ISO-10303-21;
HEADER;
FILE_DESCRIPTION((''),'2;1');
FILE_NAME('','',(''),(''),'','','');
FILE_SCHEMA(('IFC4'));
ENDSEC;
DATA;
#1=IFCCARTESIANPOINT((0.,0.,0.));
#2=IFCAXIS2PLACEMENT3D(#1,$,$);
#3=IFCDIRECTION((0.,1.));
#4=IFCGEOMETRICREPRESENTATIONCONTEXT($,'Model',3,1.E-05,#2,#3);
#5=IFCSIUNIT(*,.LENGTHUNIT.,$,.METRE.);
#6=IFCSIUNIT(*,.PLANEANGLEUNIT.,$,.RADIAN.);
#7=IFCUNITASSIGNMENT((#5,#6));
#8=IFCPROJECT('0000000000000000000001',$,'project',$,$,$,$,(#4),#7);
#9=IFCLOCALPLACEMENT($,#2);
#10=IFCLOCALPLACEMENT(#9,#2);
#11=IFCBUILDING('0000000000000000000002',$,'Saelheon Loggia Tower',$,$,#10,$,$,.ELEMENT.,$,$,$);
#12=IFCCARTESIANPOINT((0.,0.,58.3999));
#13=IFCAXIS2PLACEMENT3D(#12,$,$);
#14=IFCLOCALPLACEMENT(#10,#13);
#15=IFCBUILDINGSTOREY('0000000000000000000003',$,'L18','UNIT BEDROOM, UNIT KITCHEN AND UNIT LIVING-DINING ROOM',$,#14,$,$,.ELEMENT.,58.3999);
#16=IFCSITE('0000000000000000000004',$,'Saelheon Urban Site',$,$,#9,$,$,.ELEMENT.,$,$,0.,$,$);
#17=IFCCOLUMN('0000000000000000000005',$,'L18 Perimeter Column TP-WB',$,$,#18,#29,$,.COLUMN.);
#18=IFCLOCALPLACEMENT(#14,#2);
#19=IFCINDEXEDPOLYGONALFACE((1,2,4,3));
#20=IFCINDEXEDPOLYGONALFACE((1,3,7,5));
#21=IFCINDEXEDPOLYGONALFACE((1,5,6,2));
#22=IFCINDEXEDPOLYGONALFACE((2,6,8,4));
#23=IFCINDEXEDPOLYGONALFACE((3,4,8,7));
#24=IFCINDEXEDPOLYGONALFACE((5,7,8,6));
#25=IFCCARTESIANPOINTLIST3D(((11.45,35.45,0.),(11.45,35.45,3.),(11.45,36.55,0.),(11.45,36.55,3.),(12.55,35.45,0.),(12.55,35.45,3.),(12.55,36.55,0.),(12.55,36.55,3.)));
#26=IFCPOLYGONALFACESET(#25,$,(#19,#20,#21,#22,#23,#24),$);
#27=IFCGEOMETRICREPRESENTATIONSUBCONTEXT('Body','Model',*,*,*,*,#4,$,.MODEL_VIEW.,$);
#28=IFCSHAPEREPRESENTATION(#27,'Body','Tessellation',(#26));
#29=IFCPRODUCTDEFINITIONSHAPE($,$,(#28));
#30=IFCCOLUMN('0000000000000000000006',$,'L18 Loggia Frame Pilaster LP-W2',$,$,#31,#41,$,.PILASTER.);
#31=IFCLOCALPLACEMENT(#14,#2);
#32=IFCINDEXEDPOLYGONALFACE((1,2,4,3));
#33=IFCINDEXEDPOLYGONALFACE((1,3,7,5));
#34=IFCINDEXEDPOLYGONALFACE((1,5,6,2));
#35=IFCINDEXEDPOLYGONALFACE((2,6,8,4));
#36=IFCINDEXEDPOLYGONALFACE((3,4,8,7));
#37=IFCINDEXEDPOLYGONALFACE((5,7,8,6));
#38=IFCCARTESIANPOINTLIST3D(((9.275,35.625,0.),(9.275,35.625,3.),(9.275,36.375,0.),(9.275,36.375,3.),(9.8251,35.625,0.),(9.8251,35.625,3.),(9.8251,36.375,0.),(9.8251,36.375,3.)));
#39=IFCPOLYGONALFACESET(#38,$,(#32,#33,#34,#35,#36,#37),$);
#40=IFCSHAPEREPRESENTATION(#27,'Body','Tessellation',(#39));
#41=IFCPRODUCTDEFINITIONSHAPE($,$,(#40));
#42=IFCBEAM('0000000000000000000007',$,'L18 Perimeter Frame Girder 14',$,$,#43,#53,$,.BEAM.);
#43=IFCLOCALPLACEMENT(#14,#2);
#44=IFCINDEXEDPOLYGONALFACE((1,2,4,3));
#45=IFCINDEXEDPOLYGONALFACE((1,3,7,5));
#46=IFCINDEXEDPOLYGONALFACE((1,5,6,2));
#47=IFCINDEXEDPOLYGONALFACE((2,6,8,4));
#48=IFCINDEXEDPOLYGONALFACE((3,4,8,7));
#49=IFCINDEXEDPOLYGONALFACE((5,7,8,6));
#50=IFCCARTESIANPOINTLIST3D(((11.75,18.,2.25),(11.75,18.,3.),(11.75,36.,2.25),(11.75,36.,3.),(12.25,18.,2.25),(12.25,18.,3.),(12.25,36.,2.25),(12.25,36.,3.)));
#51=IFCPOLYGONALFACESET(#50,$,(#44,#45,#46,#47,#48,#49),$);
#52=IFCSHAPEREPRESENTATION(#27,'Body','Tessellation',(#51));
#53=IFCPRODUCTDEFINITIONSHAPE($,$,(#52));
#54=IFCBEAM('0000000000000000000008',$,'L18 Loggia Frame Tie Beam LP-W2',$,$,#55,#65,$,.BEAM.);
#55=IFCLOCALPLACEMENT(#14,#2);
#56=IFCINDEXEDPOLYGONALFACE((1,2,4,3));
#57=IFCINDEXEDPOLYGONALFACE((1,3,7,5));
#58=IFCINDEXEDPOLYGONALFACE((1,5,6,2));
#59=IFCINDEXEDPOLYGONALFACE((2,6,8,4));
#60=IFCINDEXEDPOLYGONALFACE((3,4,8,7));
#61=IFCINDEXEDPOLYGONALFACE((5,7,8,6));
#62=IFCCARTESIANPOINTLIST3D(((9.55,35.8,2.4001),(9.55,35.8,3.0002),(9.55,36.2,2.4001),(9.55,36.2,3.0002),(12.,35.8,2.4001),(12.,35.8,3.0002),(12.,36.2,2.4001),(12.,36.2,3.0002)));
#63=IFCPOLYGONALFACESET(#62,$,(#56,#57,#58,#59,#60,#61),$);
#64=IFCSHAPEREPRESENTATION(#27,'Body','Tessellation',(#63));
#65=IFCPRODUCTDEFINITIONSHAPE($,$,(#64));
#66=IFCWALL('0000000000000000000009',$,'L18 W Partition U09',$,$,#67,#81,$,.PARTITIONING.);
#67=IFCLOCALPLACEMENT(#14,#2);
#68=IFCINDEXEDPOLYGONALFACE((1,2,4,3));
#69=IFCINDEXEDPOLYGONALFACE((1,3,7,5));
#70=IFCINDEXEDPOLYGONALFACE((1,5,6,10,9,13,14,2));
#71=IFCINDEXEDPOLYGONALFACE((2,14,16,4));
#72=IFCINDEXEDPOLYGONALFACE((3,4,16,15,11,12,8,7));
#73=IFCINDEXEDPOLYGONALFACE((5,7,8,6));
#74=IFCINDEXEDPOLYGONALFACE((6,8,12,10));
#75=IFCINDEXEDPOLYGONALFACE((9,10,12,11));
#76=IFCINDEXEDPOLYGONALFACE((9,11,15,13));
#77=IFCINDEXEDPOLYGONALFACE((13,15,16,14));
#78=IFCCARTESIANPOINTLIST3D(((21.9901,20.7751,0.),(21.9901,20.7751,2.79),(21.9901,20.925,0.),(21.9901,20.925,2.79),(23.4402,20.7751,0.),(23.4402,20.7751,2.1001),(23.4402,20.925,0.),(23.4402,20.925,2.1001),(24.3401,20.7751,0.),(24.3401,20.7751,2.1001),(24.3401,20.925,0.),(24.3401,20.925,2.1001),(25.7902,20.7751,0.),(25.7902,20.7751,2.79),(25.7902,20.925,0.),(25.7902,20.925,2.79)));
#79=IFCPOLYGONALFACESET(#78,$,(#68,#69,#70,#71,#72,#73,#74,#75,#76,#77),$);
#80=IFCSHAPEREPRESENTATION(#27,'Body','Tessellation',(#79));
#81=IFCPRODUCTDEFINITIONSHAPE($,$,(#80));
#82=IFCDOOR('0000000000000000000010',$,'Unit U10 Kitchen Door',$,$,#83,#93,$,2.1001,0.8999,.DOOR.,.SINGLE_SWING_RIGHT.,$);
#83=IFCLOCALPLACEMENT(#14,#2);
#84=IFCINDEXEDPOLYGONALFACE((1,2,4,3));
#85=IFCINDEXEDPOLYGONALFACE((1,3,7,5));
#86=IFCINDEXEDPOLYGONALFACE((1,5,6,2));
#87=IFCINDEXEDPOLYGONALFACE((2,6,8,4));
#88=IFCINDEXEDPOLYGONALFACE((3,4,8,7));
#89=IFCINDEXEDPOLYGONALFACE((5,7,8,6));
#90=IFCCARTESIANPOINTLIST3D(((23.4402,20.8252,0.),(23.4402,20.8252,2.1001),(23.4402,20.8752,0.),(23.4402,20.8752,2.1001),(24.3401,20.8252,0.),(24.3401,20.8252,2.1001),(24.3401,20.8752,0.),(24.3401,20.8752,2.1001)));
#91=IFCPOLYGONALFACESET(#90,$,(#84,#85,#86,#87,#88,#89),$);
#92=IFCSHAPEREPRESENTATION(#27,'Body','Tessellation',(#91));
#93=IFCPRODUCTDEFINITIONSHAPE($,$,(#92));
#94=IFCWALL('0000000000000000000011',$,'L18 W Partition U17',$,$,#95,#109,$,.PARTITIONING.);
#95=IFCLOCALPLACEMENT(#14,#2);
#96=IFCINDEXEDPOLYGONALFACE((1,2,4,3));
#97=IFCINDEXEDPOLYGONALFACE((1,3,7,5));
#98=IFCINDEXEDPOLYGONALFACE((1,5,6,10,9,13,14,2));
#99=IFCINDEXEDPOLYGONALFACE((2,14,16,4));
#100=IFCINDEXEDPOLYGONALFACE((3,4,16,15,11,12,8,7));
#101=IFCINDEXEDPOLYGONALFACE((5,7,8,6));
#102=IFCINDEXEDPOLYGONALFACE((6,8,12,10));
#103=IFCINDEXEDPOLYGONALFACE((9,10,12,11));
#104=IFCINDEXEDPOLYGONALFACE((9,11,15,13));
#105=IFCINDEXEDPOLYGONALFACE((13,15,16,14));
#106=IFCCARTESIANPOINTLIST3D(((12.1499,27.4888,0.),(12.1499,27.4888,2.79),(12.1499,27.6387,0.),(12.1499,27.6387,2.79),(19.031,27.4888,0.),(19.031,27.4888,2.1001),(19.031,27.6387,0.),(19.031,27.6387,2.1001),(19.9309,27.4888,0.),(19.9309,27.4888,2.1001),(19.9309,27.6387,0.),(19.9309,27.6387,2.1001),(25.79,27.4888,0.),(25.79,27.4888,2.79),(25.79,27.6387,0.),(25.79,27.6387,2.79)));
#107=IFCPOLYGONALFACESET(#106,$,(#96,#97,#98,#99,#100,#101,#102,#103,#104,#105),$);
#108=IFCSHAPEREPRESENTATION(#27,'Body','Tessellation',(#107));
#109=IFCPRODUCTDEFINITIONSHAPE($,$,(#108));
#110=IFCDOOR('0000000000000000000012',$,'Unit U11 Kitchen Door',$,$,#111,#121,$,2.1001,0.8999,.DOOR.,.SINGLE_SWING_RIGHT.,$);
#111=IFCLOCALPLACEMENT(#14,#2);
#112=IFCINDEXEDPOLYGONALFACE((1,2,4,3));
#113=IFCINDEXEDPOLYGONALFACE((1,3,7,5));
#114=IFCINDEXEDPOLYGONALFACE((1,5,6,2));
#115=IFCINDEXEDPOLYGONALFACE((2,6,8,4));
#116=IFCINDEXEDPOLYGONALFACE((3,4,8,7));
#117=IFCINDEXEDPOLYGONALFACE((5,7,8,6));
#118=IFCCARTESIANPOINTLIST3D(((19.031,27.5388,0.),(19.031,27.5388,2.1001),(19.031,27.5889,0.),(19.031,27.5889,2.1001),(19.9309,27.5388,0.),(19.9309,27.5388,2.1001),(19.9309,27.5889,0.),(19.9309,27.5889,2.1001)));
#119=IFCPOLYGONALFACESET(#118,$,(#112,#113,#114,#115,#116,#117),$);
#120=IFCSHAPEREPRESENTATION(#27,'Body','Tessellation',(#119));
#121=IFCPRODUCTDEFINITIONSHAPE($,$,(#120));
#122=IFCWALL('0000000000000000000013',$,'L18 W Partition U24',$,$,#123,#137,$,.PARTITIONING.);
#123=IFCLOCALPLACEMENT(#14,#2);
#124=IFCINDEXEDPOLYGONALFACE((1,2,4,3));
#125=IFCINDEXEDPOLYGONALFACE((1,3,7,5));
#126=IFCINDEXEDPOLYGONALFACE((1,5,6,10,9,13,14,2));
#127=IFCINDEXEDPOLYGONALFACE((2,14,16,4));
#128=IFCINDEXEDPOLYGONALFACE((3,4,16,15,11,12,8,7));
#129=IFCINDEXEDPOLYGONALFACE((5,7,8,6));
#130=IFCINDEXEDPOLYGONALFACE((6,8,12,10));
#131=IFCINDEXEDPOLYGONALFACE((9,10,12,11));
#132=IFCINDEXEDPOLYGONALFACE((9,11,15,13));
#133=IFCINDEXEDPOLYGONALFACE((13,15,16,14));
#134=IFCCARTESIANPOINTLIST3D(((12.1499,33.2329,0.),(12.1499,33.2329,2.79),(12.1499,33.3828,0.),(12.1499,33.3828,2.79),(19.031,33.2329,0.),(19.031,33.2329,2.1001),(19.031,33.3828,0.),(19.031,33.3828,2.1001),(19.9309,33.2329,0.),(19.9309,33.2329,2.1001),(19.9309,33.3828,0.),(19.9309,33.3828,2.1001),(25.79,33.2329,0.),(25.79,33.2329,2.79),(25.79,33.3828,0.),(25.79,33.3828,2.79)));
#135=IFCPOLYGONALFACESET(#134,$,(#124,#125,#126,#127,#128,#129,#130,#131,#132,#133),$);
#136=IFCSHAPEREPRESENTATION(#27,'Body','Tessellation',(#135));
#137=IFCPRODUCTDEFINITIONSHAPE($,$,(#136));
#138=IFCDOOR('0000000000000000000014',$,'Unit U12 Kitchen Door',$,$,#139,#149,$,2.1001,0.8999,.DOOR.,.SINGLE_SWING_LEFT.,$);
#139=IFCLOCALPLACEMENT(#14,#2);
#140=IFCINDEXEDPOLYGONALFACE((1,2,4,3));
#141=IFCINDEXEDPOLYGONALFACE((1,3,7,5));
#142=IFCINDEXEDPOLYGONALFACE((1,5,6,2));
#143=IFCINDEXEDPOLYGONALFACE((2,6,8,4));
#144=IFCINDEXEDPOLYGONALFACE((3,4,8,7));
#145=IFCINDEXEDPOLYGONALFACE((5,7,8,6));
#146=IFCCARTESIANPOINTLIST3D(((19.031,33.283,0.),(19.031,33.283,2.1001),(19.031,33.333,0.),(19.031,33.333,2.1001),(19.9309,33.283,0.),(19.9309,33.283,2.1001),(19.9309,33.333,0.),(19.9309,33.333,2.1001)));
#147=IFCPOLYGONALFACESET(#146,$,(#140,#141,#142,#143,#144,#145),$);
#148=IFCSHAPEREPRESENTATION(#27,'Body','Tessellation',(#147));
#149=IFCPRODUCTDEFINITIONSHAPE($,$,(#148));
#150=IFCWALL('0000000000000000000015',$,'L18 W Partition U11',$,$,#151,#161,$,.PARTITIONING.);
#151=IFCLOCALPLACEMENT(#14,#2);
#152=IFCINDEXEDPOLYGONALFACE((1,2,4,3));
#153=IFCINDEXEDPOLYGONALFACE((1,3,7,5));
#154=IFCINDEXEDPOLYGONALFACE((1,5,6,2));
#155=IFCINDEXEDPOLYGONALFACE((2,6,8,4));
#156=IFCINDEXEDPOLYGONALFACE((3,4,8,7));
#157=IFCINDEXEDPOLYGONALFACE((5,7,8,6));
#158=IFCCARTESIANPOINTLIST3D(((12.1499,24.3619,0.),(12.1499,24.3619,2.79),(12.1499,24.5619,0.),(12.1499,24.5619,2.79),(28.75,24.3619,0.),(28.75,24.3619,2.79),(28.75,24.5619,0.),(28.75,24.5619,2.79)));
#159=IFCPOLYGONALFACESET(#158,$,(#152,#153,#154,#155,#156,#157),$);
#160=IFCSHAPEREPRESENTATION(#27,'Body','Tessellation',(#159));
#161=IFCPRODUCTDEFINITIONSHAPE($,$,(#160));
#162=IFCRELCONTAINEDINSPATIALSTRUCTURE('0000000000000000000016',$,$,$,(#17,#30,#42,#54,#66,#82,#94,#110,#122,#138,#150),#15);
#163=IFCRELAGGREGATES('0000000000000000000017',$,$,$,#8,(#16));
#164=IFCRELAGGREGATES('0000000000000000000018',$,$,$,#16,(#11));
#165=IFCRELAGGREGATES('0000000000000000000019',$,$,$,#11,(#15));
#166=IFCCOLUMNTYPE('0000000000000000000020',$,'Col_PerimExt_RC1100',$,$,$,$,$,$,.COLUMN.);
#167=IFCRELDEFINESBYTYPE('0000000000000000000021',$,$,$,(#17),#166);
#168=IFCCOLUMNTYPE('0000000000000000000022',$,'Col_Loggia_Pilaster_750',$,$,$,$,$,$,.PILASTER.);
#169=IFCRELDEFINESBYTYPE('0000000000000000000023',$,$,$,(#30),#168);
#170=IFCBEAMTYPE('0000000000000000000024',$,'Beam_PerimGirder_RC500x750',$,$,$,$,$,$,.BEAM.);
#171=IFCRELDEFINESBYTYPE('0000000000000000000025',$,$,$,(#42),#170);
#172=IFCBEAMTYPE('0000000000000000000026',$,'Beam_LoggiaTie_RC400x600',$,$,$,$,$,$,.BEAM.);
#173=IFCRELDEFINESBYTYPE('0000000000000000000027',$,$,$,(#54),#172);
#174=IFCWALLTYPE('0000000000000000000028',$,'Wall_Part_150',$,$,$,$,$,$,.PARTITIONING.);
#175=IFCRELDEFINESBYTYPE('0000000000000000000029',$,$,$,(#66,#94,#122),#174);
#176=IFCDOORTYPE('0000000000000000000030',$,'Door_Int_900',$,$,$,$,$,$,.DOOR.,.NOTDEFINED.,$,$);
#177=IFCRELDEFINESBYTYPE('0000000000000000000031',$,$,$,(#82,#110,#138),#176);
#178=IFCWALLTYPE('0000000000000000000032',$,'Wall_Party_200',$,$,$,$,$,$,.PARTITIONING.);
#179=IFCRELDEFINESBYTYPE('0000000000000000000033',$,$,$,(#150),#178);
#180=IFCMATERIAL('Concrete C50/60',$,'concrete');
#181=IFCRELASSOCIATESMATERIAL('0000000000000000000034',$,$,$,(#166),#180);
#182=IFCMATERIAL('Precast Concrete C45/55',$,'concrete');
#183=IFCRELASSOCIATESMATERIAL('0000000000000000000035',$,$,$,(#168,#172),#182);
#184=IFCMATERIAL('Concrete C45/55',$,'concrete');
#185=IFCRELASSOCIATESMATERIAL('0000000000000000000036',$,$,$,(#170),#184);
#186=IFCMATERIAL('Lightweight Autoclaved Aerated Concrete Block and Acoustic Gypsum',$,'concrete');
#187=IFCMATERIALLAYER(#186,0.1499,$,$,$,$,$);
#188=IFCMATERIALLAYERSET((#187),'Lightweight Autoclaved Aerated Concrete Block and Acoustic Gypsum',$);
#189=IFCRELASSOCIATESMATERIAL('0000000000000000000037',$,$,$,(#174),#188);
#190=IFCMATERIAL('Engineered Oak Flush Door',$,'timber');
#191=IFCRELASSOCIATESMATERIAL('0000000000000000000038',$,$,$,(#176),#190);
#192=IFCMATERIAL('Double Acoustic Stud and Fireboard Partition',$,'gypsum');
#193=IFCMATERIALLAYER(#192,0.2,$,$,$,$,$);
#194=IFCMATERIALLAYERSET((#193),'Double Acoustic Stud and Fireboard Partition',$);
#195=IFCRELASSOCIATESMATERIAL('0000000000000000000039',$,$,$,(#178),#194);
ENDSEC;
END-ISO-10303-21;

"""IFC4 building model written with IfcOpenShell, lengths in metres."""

from ifc_helpers import new_model, si_unit, direction, frame, frame_2d, origin, origin_2d, place, context, subcontext, project, spatial, rectangle, extrude, source, transform, mapped, material, layer, layer_set, material_profile, profile_set, type_object, element, fill, save


model = new_model("IFC4")

# Units and contexts
model_context = context("Model", 3, precision=1e-05, world=origin(), true_north=direction((0.0, 1.0)))
body_context = subcontext(model_context, "Body", "Model", "MODEL_VIEW")
ifc_project = project(units=[si_unit("LENGTHUNIT", "METRE"), si_unit("PLANEANGLEUNIT", "RADIAN")], contexts=[model_context])

# Site, building, storey
site_placement = place(None, origin())
site = spatial("IfcSite", under=ifc_project, at=site_placement, Name="Saelheon Urban Site", CompositionType="ELEMENT", RefElevation=0.0)
building_placement = place(site_placement, origin())
building = spatial("IfcBuilding", under=site, at=building_placement, Name="Saelheon Loggia Tower", CompositionType="ELEMENT")
storey_placement = place(building_placement, frame((0.0, 0.0, 58.3999)))
storey = spatial("IfcBuildingStorey", under=building, at=storey_placement, Name="L18", Description="UNIT BEDROOM, UNIT KITCHEN AND UNIT LIVING-DINING ROOM", CompositionType="ELEMENT", Elevation=58.3999)

# Columns
ifc_material_1 = material(Name="Concrete C50/60", Category="concrete")
ifc_material_profile_1 = material_profile(ifc_material_1, rectangle(XDim=1.1001, YDim=1.1001, at=origin_2d()), Name="RC-1100x1100")
ifc_profile_set_1 = profile_set([ifc_material_profile_1], Name="Concrete C50/60")
column_type_1 = type_object("IfcColumnType", Name="Col_PerimExt_RC1100", PredefinedType="COLUMN", material=ifc_profile_set_1)
shared_shape_1 = source(origin(), body_context, "Body", "SweptSolid", [
    extrude(rectangle(XDim=1.1001, YDim=1.1001, at=origin_2d()), origin(), (0.0, 0.0, 1.0), 3.0),
])
column_1_placement = place(storey_placement, frame((12.0, 36.0, 0.0), z_axis=(0.0, 0.0, 1.0), x_axis=(1.0, 0.0, 0.0)))
element("IfcColumn", 1, at=column_1_placement, inside=storey, type_object=column_type_1, Name="L18 Perimeter Column TP-WB", PredefinedType="COLUMN", context=body_context, shape_type="MappedRepresentation", body=[
    mapped(shared_shape_1, transform((0.0, 0.0, 0.0), scale=1.0)),
])
ifc_material_2 = material(Name="Precast Concrete C45/55", Category="concrete")
ifc_material_profile_2 = material_profile(ifc_material_2, rectangle(XDim=0.55, YDim=0.75, at=origin_2d()), Name="RC-550x750")
ifc_profile_set_2 = profile_set([ifc_material_profile_2], Name="Precast Concrete C45/55")
column_type_2 = type_object("IfcColumnType", Name="Col_Loggia_Pilaster_750", PredefinedType="PILASTER", material=ifc_profile_set_2)
shared_shape_2 = source(origin(), body_context, "Body", "SweptSolid", [
    extrude(rectangle(XDim=0.55, YDim=0.75, at=origin_2d()), origin(), (0.0, 0.0, 1.0), 3.0),
])
column_2_placement = place(storey_placement, frame((9.55, 36.0, 0.0), z_axis=(0.0, 0.0, 1.0), x_axis=(1.0, 0.0, 0.0)))
element("IfcColumn", 2, at=column_2_placement, inside=storey, type_object=column_type_2, Name="L18 Loggia Frame Pilaster LP-W2", PredefinedType="PILASTER", context=body_context, shape_type="MappedRepresentation", body=[
    mapped(shared_shape_2, transform((0.0, 0.0, 0.0), scale=1.0)),
])

# Beams
ifc_material_3 = material(Name="Concrete C45/55", Category="concrete")
ifc_material_profile_3 = material_profile(ifc_material_3, rectangle(XDim=0.5, YDim=0.75, at=origin_2d()), Name="RC-500x750")
ifc_profile_set_3 = profile_set([ifc_material_profile_3], Name="Concrete C45/55")
beam_type_1 = type_object("IfcBeamType", Name="Beam_PerimGirder_RC500x750", PredefinedType="BEAM", material=ifc_profile_set_3)
shared_shape_3 = source(origin(), body_context, "Body", "SweptSolid", [
    extrude(rectangle(XDim=0.5, YDim=0.75, at=origin_2d()), origin(), (0.0, 0.0, 1.0), 18.0),
])
beam_1_placement = place(storey_placement, frame((12.0, 36.0, 2.625), z_axis=(0.0, -1.0, 0.0), x_axis=(1.0, 0.0, 0.0)))
element("IfcBeam", 3, at=beam_1_placement, inside=storey, type_object=beam_type_1, Name="L18 Perimeter Frame Girder 14", PredefinedType="BEAM", context=body_context, shape_type="MappedRepresentation", body=[
    mapped(shared_shape_3, transform((0.0, 0.0, 0.0), scale=1.0)),
])
ifc_material_profile_4 = material_profile(ifc_material_2, rectangle(XDim=0.3999, YDim=0.6001, at=origin_2d()), Name="RC-400x600")
ifc_profile_set_4 = profile_set([ifc_material_profile_4], Name="Precast Concrete C45/55")
beam_type_2 = type_object("IfcBeamType", Name="Beam_LoggiaTie_RC400x600", PredefinedType="BEAM", material=ifc_profile_set_4)
shared_shape_4 = source(origin(), body_context, "Body", "SweptSolid", [
    extrude(rectangle(XDim=0.3999, YDim=0.6001, at=origin_2d()), origin(), (0.0, 0.0, 1.0), 2.45),
])
beam_2_placement = place(storey_placement, frame((12.0, 36.0, 2.7002), z_axis=(-1.0, 0.0, 0.0), x_axis=(0.0, -1.0, 0.0)))
element("IfcBeam", 4, at=beam_2_placement, inside=storey, type_object=beam_type_2, Name="L18 Loggia Frame Tie Beam LP-W2", PredefinedType="BEAM", context=body_context, shape_type="MappedRepresentation", body=[
    mapped(shared_shape_4, transform((0.0, 0.0, 0.0), scale=1.0)),
])

# Walls, openings, doors
ifc_material_4 = material(Name="Lightweight Autoclaved Aerated Concrete Block and Acoustic Gypsum", Category="concrete")
ifc_layer_1 = layer(ifc_material_4, 0.1499)
ifc_layer_set_1 = layer_set([ifc_layer_1], Name="Lightweight Autoclaved Aerated Concrete Block and Acoustic Gypsum")
wall_type_1 = type_object("IfcWallType", Name="Wall_Part_150", PredefinedType="PARTITIONING", material=ifc_layer_set_1)
wall_1_placement = place(storey_placement, frame((25.79, 20.8501, 0.0), z_axis=(0.0, 0.0, 1.0), x_axis=(-1.0, 0.0, 0.0)))
wall_1 = element("IfcWall", 5, at=wall_1_placement, inside=storey, type_object=wall_type_1, Name="L18 W Partition U09", PredefinedType="PARTITIONING", context=body_context, shape_type="SweptSolid", body=[
    extrude(rectangle(XDim=3.8, YDim=0.1499, at=frame_2d((1.8999, 0.0))), origin(), (0.0, 0.0, 1.0), 2.79),
])
opening_1_placement = place(wall_1_placement, frame((1.45, 0.0, 0.0)))
opening_1 = element("IfcOpeningElement", 6, at=opening_1_placement, cuts=wall_1, PredefinedType="OPENING", context=body_context, shape_type="SweptSolid", body=[
    extrude(rectangle(XDim=0.8999, YDim=2.1001, at=frame_2d((0.45, 1.05))), frame((0.0, 0.0869, 0.0), z_axis=(0.0, -1.0, 0.0), x_axis=(1.0, 0.0, 0.0)), (0.0, 0.0, 1.0), 0.1738),
])
ifc_material_5 = material(Name="Engineered Oak Flush Door", Category="timber")
door_type_1 = type_object("IfcDoorType", Name="Door_Int_900", OperationType="NOTDEFINED", PredefinedType="DOOR", material=ifc_material_5)
shared_shape_5 = source(origin(), body_context, "Body", "SweptSolid", [
    extrude(rectangle(XDim=0.8999, YDim=2.1001, at=frame_2d((0.45, 1.05))), frame((0.0, 0.0249, 0.0), z_axis=(0.0, -1.0, 0.0), x_axis=(1.0, 0.0, 0.0)), (0.0, 0.0, 1.0), 0.05),
])
door_1_placement = place(opening_1_placement, origin())
door_1 = element("IfcDoor", 7, at=door_1_placement, inside=storey, type_object=door_type_1, Name="Unit U10 Kitchen Door", OperationType="SINGLE_SWING_RIGHT", OverallHeight=2.1001, OverallWidth=0.8999, PredefinedType="DOOR", context=body_context, shape_type="MappedRepresentation", body=[
    mapped(shared_shape_5, transform((0.0, 0.0, 0.0), scale=1.0)),
])
fill(opening_1, door_1)
wall_2_placement = place(storey_placement, frame((25.79, 27.5637, 0.0), z_axis=(0.0, 0.0, 1.0), x_axis=(-1.0, 0.0, 0.0)))
wall_2 = element("IfcWall", 8, at=wall_2_placement, inside=storey, type_object=wall_type_1, Name="L18 W Partition U17", PredefinedType="PARTITIONING", context=body_context, shape_type="SweptSolid", body=[
    extrude(rectangle(XDim=13.6401, YDim=0.1499, at=frame_2d((6.8201, 0.0))), origin(), (0.0, 0.0, 1.0), 2.79),
])
opening_2_placement = place(wall_2_placement, frame((5.8591, 0.0, 0.0)))
opening_2 = element("IfcOpeningElement", 9, at=opening_2_placement, cuts=wall_2, PredefinedType="OPENING", context=body_context, shape_type="SweptSolid", body=[
    extrude(rectangle(XDim=0.8999, YDim=2.1001, at=frame_2d((0.45, 1.05))), frame((0.0, 0.0869, 0.0), z_axis=(0.0, -1.0, 0.0), x_axis=(1.0, 0.0, 0.0)), (0.0, 0.0, 1.0), 0.1738),
])
door_2_placement = place(opening_2_placement, origin())
door_2 = element("IfcDoor", 10, at=door_2_placement, inside=storey, type_object=door_type_1, Name="Unit U11 Kitchen Door", OperationType="SINGLE_SWING_RIGHT", OverallHeight=2.1001, OverallWidth=0.8999, PredefinedType="DOOR", context=body_context, shape_type="MappedRepresentation", body=[
    mapped(shared_shape_5, transform((0.0, 0.0, 0.0), scale=1.0)),
])
fill(opening_2, door_2)
wall_3_placement = place(storey_placement, frame((25.79, 33.3079, 0.0), z_axis=(0.0, 0.0, 1.0), x_axis=(-1.0, 0.0, 0.0)))
wall_3 = element("IfcWall", 11, at=wall_3_placement, inside=storey, type_object=wall_type_1, Name="L18 W Partition U24", PredefinedType="PARTITIONING", context=body_context, shape_type="SweptSolid", body=[
    extrude(rectangle(XDim=13.6401, YDim=0.1499, at=frame_2d((6.8201, 0.0))), origin(), (0.0, 0.0, 1.0), 2.79),
])
opening_3_placement = place(wall_3_placement, frame((5.8591, 0.0, 0.0)))
opening_3 = element("IfcOpeningElement", 12, at=opening_3_placement, cuts=wall_3, PredefinedType="OPENING", context=body_context, shape_type="SweptSolid", body=[
    extrude(rectangle(XDim=0.8999, YDim=2.1001, at=frame_2d((0.45, 1.05))), frame((0.0, 0.0869, 0.0), z_axis=(0.0, -1.0, 0.0), x_axis=(1.0, 0.0, 0.0)), (0.0, 0.0, 1.0), 0.1738),
])
door_3_placement = place(opening_3_placement, origin())
door_3 = element("IfcDoor", 13, at=door_3_placement, inside=storey, type_object=door_type_1, Name="Unit U12 Kitchen Door", OperationType="SINGLE_SWING_LEFT", OverallHeight=2.1001, OverallWidth=0.8999, PredefinedType="DOOR", context=body_context, shape_type="MappedRepresentation", body=[
    mapped(shared_shape_5, transform((0.0, 0.0, 0.0), scale=1.0)),
])
fill(opening_3, door_3)
ifc_material_6 = material(Name="Double Acoustic Stud and Fireboard Partition", Category="gypsum")
ifc_layer_2 = layer(ifc_material_6, 0.2)
ifc_layer_set_2 = layer_set([ifc_layer_2], Name="Double Acoustic Stud and Fireboard Partition")
wall_type_2 = type_object("IfcWallType", Name="Wall_Party_200", PredefinedType="PARTITIONING", material=ifc_layer_set_2)

# Wall
wall_4_placement = place(storey_placement, frame((28.75, 24.4619, 0.0), z_axis=(0.0, 0.0, 1.0), x_axis=(-1.0, 0.0, 0.0)))
element("IfcWall", 14, at=wall_4_placement, inside=storey, type_object=wall_type_2, Name="L18 W Partition U11", PredefinedType="PARTITIONING", context=body_context, shape_type="SweptSolid", body=[
    extrude(rectangle(XDim=16.6001, YDim=0.2, at=frame_2d((8.3, 0.0))), origin(), (0.0, 0.0, 1.0), 2.79),
])

save(model, "model.ifc")
